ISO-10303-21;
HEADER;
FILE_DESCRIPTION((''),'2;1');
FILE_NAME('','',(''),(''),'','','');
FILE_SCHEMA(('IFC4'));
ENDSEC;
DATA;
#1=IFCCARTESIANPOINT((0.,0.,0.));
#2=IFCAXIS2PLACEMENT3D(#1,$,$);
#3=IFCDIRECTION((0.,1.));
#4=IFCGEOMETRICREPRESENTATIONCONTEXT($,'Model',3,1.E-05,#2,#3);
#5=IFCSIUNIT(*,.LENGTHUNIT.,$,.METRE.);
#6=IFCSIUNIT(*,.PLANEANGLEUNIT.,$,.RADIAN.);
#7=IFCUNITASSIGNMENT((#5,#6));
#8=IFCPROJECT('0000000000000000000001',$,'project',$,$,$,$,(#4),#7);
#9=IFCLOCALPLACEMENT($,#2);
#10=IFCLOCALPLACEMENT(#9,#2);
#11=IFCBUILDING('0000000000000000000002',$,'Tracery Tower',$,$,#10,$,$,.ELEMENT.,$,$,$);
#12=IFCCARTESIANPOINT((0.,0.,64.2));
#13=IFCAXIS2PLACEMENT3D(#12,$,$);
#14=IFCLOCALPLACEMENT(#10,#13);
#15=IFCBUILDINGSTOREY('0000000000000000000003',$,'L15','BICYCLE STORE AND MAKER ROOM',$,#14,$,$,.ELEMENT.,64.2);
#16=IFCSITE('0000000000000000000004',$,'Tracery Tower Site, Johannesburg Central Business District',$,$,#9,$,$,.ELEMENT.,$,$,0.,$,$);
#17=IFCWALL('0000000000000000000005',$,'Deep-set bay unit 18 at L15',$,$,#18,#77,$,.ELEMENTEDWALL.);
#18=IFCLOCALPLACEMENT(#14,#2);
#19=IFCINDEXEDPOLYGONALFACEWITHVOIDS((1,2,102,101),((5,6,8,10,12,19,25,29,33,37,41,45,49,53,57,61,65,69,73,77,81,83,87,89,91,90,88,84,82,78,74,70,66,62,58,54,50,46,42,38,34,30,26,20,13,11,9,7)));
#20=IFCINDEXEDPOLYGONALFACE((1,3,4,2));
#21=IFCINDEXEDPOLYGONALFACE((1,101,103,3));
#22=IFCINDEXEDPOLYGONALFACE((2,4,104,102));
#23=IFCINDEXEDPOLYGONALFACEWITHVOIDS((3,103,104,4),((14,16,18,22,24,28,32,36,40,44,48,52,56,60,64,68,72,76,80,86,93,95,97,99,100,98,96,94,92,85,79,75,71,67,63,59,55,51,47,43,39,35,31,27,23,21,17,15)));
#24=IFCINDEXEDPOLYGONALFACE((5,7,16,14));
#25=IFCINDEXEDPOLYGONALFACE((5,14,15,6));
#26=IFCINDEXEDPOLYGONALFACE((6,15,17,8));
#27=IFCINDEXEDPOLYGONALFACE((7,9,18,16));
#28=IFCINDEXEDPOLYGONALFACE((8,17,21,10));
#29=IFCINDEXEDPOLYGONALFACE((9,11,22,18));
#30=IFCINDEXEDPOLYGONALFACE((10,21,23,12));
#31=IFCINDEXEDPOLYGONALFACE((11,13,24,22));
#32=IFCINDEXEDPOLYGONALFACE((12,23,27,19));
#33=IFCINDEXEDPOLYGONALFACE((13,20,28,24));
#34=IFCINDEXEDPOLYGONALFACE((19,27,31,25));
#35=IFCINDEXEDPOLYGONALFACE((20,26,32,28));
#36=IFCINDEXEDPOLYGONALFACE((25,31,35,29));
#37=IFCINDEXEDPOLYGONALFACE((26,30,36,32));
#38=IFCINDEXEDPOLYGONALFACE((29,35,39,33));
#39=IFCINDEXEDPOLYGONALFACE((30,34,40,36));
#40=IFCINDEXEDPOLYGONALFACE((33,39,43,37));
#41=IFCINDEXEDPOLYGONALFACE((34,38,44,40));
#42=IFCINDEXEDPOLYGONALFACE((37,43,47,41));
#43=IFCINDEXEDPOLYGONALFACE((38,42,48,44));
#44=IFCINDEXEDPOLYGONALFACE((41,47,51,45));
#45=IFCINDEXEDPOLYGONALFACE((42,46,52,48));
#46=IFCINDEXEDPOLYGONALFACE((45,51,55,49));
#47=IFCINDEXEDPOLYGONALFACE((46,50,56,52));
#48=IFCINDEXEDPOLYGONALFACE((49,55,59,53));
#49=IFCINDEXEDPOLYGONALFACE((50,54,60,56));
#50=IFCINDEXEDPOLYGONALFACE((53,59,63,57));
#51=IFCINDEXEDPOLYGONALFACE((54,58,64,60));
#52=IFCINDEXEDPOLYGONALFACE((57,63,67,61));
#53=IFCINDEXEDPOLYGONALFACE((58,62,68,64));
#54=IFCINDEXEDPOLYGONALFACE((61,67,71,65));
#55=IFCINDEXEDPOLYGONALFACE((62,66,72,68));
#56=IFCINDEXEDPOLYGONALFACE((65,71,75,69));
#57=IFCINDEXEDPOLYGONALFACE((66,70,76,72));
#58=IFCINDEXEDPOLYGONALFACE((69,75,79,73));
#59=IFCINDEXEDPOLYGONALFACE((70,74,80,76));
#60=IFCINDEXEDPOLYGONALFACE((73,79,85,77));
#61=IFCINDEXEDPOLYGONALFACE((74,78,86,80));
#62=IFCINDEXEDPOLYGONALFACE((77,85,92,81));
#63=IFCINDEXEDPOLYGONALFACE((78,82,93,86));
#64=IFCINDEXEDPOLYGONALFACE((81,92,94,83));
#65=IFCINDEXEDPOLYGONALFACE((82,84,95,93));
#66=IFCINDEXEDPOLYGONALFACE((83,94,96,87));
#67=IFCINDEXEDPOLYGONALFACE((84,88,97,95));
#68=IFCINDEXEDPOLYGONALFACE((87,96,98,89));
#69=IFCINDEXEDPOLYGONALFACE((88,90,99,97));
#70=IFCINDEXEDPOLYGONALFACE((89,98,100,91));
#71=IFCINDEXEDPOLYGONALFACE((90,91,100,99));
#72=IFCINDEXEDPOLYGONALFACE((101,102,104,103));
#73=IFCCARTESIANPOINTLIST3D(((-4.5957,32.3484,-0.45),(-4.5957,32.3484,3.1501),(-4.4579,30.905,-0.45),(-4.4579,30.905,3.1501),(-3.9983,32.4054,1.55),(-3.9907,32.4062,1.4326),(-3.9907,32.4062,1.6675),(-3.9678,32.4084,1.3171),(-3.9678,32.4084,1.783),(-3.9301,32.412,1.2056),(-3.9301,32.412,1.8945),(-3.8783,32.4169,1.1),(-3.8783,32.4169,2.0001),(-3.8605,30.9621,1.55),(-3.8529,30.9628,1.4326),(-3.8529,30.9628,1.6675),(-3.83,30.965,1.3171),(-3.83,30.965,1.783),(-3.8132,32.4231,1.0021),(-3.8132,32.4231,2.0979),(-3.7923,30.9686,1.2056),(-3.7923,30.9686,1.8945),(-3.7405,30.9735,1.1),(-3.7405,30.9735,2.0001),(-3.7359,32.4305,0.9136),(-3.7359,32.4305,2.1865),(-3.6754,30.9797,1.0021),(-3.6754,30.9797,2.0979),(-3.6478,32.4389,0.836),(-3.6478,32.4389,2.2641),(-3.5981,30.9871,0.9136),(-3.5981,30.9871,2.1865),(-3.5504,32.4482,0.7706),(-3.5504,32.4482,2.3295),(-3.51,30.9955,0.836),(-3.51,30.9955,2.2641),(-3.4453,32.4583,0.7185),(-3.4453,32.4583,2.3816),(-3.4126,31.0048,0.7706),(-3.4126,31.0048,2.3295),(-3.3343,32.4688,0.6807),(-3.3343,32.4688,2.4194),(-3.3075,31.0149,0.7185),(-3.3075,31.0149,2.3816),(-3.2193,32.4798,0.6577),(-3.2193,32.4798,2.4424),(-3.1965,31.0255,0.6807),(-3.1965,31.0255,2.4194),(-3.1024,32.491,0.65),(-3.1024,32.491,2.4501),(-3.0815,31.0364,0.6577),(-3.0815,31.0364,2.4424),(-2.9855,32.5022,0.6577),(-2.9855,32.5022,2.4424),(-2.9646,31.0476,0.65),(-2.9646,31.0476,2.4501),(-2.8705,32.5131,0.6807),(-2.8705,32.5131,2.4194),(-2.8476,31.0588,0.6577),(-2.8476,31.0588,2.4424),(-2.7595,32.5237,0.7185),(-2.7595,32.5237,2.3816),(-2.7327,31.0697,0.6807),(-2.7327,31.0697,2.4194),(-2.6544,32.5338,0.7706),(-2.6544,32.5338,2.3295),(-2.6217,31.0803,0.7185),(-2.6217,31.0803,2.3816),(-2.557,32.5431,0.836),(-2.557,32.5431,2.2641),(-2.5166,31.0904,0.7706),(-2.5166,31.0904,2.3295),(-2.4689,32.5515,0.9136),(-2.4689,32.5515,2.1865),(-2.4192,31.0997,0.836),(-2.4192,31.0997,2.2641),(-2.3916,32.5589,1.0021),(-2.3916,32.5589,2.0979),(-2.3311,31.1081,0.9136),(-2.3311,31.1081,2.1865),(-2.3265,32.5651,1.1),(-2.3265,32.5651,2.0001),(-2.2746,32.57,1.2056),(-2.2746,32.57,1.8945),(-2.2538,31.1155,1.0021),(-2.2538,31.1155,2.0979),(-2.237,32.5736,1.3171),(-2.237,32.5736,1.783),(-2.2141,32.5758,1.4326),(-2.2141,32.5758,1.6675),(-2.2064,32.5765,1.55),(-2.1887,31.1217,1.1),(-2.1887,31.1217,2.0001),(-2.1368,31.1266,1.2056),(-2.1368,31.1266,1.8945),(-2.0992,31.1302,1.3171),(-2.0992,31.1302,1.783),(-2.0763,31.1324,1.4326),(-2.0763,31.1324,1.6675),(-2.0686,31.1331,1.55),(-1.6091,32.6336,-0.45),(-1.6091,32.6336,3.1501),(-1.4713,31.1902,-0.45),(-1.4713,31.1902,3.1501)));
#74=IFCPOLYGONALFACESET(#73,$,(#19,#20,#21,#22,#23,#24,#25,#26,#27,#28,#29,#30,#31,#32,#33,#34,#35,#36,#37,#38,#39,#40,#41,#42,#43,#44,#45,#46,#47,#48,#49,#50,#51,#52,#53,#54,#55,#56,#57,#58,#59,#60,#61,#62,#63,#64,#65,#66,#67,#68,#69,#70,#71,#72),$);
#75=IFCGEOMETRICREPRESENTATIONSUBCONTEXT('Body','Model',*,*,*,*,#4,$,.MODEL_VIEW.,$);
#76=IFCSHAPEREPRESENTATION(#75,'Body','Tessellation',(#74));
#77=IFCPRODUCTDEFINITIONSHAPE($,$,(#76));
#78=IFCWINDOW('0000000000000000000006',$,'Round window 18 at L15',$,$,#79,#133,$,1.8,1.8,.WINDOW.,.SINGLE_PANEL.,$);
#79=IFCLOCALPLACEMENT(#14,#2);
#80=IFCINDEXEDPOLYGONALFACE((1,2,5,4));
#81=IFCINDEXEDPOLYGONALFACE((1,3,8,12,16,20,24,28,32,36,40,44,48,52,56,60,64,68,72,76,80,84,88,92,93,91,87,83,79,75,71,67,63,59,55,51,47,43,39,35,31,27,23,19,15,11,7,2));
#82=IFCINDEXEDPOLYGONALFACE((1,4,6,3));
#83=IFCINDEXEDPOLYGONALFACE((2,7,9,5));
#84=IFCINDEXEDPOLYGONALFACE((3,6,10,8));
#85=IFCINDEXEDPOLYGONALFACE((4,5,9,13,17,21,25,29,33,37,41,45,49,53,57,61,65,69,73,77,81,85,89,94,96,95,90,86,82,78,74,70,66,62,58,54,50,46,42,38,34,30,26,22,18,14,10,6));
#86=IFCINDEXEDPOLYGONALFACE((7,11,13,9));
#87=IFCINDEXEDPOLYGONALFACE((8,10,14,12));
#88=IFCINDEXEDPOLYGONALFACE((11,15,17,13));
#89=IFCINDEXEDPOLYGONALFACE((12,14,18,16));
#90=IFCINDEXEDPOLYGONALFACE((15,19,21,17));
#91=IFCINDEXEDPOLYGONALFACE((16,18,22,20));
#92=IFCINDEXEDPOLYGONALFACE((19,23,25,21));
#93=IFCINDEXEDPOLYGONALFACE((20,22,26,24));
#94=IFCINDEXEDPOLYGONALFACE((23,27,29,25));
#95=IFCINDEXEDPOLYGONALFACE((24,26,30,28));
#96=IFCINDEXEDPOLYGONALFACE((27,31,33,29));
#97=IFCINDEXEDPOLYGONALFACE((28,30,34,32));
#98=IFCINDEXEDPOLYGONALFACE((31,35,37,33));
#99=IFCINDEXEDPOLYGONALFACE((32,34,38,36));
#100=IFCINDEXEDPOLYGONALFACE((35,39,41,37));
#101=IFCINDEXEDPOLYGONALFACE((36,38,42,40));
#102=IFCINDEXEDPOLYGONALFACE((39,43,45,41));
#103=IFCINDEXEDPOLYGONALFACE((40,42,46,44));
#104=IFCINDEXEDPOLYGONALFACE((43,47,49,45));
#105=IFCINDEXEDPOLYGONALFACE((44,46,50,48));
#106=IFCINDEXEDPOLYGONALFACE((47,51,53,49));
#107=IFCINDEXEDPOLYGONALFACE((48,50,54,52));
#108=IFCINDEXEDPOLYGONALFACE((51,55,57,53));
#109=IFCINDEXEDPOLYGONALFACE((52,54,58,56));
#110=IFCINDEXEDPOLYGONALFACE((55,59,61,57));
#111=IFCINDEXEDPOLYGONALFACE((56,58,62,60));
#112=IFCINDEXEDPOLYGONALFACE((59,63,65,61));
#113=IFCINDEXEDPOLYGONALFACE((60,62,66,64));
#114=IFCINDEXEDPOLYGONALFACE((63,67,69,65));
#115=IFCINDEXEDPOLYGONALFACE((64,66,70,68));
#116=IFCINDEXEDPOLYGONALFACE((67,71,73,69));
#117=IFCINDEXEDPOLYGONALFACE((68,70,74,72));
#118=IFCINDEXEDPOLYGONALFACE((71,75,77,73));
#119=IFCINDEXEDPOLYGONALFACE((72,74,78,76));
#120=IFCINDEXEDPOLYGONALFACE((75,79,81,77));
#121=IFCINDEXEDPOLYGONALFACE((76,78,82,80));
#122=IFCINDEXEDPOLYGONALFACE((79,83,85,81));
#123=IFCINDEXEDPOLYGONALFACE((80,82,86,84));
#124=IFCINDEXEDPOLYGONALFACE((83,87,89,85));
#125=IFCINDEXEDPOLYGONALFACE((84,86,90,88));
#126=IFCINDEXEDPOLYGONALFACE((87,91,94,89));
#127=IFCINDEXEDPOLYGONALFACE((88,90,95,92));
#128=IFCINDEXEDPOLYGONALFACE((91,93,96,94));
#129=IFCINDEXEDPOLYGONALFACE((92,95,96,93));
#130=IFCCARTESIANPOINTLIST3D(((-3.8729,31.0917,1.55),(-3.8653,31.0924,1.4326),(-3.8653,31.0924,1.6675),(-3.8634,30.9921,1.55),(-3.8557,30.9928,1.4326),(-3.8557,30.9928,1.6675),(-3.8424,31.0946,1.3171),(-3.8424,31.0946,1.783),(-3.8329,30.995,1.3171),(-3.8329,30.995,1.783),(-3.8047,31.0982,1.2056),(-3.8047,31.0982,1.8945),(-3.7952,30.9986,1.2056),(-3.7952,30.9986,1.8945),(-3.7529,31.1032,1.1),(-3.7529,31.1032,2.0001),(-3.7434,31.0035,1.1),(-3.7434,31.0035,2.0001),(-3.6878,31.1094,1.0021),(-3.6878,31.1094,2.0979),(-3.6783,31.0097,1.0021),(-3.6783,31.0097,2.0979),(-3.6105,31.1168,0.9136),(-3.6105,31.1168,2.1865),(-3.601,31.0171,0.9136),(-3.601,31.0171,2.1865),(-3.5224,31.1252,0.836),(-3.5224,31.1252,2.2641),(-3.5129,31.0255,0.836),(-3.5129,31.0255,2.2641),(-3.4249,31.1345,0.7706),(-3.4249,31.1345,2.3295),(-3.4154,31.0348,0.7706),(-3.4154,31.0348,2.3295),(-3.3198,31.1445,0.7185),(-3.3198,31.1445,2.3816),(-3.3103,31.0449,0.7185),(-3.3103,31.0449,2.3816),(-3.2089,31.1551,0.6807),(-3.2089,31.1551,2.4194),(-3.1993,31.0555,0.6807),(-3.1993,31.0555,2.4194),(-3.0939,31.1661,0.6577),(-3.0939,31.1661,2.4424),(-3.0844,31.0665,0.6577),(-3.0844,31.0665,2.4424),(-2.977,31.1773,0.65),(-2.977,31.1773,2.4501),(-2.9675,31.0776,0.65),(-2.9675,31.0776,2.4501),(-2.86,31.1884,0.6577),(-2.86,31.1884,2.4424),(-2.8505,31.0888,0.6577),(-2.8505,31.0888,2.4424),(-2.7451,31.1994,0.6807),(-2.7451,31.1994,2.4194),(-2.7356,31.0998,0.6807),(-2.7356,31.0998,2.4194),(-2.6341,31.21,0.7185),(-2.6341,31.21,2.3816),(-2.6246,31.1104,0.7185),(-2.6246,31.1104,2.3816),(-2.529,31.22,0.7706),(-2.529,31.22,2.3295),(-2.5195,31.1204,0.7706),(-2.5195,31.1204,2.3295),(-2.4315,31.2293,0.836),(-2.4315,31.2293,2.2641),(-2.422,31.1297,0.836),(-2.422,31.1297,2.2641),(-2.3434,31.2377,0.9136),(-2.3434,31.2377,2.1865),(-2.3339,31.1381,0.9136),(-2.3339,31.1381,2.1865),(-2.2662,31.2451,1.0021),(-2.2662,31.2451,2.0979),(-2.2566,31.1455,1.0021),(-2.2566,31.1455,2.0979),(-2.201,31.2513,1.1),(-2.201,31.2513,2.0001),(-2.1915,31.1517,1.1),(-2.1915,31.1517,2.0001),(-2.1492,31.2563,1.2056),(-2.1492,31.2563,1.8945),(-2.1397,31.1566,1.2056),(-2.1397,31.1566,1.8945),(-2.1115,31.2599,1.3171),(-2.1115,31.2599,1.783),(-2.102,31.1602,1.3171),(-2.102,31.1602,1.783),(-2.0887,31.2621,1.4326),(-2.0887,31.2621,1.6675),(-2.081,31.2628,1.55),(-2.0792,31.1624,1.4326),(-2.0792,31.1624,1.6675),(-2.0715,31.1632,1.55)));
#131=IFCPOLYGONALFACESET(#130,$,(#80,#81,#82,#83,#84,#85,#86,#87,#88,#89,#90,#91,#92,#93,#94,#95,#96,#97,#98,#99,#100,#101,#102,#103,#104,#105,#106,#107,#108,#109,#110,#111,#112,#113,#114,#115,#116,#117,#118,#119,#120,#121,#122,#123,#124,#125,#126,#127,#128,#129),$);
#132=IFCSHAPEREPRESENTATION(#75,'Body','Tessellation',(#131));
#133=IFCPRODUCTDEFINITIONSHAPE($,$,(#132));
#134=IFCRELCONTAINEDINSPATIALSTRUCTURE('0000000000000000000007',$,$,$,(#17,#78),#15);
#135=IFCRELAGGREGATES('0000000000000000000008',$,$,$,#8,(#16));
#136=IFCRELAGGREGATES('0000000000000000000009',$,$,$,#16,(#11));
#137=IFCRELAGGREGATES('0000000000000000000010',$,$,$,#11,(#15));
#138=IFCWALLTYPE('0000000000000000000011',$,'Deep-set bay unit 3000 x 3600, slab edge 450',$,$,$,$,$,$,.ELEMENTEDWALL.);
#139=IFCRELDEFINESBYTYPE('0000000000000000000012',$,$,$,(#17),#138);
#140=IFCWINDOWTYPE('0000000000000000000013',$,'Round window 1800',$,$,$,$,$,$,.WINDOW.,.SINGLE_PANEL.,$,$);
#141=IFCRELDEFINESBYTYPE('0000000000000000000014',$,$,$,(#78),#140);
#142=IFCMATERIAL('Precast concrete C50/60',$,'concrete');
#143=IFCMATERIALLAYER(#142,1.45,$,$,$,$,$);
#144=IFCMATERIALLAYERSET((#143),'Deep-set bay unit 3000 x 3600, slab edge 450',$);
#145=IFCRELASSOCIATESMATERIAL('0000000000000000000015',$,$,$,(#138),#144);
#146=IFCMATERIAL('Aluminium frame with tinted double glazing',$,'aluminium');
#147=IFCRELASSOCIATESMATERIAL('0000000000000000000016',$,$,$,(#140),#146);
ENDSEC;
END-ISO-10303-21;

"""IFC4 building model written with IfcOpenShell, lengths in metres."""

from ifc_helpers import new_model, si_unit, direction, frame, frame_2d, origin, origin_2d, place, context, subcontext, project, spatial, rectangle, circle, extrude, material, layer, layer_set, type_object, element, fill, save


model = new_model("IFC4")

# Units and contexts
model_context = context("Model", 3, precision=1e-05, world=origin(), true_north=direction((0.0, 1.0)))
body_context = subcontext(model_context, "Body", "Model", "MODEL_VIEW")
ifc_project = project(units=[si_unit("LENGTHUNIT", "METRE"), si_unit("PLANEANGLEUNIT", "RADIAN")], contexts=[model_context])

# Site, building, storey
site_placement = place(None, origin())
site = spatial("IfcSite", under=ifc_project, at=site_placement, Name="Tracery Tower Site, Johannesburg Central Business District", CompositionType="ELEMENT", RefElevation=0.0)
building_placement = place(site_placement, origin())
building = spatial("IfcBuilding", under=site, at=building_placement, Name="Tracery Tower", CompositionType="ELEMENT")
storey_placement = place(building_placement, frame((0.0, 0.0, 64.2)))
storey = spatial("IfcBuildingStorey", under=building, at=storey_placement, Name="L15", Description="BICYCLE STORE AND MAKER ROOM", CompositionType="ELEMENT", Elevation=64.2)

# Wall, opening, window
ifc_material_1 = material(Name="Precast concrete C50/60", Category="concrete")
ifc_layer_1 = layer(ifc_material_1, 1.45)
ifc_layer_set_1 = layer_set([ifc_layer_1], Name="Deep-set bay unit 3000 x 3600, slab edge 450")
wall_type_1 = type_object("IfcWallType", Name="Deep-set bay unit 3000 x 3600, slab edge 450", PredefinedType="ELEMENTEDWALL", material=ifc_layer_set_1)
ifc_material_2 = material(Name="Aluminium frame with tinted double glazing", Category="aluminium")
window_type = type_object("IfcWindowType", Name="Round window 1800", PartitioningType="SINGLE_PANEL", PredefinedType="WINDOW", material=ifc_material_2)
wall_1_placement = place(storey_placement, frame((-1.5403, 31.9119, -0.45), z_axis=(0.0, 0.0, 1.0), x_axis=(-0.995473, -0.095047, 0.0)))
wall_1 = element("IfcWall", 1, at=wall_1_placement, inside=storey, type_object=wall_type_1, Name="Deep-set bay unit 18 at L15", PredefinedType="ELEMENTEDWALL", context=body_context, shape_type="SweptSolid", body=[
    extrude(rectangle(XDim=3.0002, YDim=1.45, at=frame_2d((1.5, 0.0))), origin(), (0.0, 0.0, 1.0), 3.6001),
])
opening_1_placement = place(wall_1_placement, frame((1.5, 0.0, 2.0)))
opening_1 = element("IfcOpeningElement", 2, at=opening_1_placement, cuts=wall_1, PredefinedType="OPENING", context=body_context, shape_type="SweptSolid", body=[
    extrude(circle(Radius=0.9, at=origin_2d()), frame((0.0, 0.7349, 0.0), z_axis=(0.0, -1.0, 0.0), x_axis=(1.0, 0.0, 0.0)), (0.0, 0.0, 1.0), 1.47),
])
window_1_placement = place(opening_1_placement, origin())
window_1 = element("IfcWindow", 3, at=window_1_placement, inside=storey, type_object=window_type, Name="Round window 18 at L15", OverallHeight=1.8, OverallWidth=1.8, PartitioningType="SINGLE_PANEL", PredefinedType="WINDOW", context=body_context, shape_type="SweptSolid", body=[
    extrude(circle(Radius=0.9, at=origin_2d()), frame((0.0, 0.6948, 0.0), z_axis=(0.0, -1.0, 0.0), x_axis=(1.0, 0.0, 0.0)), (0.0, 0.0, 1.0), 0.1001),
])
fill(opening_1, window_1)

save(model, "model.ifc")
